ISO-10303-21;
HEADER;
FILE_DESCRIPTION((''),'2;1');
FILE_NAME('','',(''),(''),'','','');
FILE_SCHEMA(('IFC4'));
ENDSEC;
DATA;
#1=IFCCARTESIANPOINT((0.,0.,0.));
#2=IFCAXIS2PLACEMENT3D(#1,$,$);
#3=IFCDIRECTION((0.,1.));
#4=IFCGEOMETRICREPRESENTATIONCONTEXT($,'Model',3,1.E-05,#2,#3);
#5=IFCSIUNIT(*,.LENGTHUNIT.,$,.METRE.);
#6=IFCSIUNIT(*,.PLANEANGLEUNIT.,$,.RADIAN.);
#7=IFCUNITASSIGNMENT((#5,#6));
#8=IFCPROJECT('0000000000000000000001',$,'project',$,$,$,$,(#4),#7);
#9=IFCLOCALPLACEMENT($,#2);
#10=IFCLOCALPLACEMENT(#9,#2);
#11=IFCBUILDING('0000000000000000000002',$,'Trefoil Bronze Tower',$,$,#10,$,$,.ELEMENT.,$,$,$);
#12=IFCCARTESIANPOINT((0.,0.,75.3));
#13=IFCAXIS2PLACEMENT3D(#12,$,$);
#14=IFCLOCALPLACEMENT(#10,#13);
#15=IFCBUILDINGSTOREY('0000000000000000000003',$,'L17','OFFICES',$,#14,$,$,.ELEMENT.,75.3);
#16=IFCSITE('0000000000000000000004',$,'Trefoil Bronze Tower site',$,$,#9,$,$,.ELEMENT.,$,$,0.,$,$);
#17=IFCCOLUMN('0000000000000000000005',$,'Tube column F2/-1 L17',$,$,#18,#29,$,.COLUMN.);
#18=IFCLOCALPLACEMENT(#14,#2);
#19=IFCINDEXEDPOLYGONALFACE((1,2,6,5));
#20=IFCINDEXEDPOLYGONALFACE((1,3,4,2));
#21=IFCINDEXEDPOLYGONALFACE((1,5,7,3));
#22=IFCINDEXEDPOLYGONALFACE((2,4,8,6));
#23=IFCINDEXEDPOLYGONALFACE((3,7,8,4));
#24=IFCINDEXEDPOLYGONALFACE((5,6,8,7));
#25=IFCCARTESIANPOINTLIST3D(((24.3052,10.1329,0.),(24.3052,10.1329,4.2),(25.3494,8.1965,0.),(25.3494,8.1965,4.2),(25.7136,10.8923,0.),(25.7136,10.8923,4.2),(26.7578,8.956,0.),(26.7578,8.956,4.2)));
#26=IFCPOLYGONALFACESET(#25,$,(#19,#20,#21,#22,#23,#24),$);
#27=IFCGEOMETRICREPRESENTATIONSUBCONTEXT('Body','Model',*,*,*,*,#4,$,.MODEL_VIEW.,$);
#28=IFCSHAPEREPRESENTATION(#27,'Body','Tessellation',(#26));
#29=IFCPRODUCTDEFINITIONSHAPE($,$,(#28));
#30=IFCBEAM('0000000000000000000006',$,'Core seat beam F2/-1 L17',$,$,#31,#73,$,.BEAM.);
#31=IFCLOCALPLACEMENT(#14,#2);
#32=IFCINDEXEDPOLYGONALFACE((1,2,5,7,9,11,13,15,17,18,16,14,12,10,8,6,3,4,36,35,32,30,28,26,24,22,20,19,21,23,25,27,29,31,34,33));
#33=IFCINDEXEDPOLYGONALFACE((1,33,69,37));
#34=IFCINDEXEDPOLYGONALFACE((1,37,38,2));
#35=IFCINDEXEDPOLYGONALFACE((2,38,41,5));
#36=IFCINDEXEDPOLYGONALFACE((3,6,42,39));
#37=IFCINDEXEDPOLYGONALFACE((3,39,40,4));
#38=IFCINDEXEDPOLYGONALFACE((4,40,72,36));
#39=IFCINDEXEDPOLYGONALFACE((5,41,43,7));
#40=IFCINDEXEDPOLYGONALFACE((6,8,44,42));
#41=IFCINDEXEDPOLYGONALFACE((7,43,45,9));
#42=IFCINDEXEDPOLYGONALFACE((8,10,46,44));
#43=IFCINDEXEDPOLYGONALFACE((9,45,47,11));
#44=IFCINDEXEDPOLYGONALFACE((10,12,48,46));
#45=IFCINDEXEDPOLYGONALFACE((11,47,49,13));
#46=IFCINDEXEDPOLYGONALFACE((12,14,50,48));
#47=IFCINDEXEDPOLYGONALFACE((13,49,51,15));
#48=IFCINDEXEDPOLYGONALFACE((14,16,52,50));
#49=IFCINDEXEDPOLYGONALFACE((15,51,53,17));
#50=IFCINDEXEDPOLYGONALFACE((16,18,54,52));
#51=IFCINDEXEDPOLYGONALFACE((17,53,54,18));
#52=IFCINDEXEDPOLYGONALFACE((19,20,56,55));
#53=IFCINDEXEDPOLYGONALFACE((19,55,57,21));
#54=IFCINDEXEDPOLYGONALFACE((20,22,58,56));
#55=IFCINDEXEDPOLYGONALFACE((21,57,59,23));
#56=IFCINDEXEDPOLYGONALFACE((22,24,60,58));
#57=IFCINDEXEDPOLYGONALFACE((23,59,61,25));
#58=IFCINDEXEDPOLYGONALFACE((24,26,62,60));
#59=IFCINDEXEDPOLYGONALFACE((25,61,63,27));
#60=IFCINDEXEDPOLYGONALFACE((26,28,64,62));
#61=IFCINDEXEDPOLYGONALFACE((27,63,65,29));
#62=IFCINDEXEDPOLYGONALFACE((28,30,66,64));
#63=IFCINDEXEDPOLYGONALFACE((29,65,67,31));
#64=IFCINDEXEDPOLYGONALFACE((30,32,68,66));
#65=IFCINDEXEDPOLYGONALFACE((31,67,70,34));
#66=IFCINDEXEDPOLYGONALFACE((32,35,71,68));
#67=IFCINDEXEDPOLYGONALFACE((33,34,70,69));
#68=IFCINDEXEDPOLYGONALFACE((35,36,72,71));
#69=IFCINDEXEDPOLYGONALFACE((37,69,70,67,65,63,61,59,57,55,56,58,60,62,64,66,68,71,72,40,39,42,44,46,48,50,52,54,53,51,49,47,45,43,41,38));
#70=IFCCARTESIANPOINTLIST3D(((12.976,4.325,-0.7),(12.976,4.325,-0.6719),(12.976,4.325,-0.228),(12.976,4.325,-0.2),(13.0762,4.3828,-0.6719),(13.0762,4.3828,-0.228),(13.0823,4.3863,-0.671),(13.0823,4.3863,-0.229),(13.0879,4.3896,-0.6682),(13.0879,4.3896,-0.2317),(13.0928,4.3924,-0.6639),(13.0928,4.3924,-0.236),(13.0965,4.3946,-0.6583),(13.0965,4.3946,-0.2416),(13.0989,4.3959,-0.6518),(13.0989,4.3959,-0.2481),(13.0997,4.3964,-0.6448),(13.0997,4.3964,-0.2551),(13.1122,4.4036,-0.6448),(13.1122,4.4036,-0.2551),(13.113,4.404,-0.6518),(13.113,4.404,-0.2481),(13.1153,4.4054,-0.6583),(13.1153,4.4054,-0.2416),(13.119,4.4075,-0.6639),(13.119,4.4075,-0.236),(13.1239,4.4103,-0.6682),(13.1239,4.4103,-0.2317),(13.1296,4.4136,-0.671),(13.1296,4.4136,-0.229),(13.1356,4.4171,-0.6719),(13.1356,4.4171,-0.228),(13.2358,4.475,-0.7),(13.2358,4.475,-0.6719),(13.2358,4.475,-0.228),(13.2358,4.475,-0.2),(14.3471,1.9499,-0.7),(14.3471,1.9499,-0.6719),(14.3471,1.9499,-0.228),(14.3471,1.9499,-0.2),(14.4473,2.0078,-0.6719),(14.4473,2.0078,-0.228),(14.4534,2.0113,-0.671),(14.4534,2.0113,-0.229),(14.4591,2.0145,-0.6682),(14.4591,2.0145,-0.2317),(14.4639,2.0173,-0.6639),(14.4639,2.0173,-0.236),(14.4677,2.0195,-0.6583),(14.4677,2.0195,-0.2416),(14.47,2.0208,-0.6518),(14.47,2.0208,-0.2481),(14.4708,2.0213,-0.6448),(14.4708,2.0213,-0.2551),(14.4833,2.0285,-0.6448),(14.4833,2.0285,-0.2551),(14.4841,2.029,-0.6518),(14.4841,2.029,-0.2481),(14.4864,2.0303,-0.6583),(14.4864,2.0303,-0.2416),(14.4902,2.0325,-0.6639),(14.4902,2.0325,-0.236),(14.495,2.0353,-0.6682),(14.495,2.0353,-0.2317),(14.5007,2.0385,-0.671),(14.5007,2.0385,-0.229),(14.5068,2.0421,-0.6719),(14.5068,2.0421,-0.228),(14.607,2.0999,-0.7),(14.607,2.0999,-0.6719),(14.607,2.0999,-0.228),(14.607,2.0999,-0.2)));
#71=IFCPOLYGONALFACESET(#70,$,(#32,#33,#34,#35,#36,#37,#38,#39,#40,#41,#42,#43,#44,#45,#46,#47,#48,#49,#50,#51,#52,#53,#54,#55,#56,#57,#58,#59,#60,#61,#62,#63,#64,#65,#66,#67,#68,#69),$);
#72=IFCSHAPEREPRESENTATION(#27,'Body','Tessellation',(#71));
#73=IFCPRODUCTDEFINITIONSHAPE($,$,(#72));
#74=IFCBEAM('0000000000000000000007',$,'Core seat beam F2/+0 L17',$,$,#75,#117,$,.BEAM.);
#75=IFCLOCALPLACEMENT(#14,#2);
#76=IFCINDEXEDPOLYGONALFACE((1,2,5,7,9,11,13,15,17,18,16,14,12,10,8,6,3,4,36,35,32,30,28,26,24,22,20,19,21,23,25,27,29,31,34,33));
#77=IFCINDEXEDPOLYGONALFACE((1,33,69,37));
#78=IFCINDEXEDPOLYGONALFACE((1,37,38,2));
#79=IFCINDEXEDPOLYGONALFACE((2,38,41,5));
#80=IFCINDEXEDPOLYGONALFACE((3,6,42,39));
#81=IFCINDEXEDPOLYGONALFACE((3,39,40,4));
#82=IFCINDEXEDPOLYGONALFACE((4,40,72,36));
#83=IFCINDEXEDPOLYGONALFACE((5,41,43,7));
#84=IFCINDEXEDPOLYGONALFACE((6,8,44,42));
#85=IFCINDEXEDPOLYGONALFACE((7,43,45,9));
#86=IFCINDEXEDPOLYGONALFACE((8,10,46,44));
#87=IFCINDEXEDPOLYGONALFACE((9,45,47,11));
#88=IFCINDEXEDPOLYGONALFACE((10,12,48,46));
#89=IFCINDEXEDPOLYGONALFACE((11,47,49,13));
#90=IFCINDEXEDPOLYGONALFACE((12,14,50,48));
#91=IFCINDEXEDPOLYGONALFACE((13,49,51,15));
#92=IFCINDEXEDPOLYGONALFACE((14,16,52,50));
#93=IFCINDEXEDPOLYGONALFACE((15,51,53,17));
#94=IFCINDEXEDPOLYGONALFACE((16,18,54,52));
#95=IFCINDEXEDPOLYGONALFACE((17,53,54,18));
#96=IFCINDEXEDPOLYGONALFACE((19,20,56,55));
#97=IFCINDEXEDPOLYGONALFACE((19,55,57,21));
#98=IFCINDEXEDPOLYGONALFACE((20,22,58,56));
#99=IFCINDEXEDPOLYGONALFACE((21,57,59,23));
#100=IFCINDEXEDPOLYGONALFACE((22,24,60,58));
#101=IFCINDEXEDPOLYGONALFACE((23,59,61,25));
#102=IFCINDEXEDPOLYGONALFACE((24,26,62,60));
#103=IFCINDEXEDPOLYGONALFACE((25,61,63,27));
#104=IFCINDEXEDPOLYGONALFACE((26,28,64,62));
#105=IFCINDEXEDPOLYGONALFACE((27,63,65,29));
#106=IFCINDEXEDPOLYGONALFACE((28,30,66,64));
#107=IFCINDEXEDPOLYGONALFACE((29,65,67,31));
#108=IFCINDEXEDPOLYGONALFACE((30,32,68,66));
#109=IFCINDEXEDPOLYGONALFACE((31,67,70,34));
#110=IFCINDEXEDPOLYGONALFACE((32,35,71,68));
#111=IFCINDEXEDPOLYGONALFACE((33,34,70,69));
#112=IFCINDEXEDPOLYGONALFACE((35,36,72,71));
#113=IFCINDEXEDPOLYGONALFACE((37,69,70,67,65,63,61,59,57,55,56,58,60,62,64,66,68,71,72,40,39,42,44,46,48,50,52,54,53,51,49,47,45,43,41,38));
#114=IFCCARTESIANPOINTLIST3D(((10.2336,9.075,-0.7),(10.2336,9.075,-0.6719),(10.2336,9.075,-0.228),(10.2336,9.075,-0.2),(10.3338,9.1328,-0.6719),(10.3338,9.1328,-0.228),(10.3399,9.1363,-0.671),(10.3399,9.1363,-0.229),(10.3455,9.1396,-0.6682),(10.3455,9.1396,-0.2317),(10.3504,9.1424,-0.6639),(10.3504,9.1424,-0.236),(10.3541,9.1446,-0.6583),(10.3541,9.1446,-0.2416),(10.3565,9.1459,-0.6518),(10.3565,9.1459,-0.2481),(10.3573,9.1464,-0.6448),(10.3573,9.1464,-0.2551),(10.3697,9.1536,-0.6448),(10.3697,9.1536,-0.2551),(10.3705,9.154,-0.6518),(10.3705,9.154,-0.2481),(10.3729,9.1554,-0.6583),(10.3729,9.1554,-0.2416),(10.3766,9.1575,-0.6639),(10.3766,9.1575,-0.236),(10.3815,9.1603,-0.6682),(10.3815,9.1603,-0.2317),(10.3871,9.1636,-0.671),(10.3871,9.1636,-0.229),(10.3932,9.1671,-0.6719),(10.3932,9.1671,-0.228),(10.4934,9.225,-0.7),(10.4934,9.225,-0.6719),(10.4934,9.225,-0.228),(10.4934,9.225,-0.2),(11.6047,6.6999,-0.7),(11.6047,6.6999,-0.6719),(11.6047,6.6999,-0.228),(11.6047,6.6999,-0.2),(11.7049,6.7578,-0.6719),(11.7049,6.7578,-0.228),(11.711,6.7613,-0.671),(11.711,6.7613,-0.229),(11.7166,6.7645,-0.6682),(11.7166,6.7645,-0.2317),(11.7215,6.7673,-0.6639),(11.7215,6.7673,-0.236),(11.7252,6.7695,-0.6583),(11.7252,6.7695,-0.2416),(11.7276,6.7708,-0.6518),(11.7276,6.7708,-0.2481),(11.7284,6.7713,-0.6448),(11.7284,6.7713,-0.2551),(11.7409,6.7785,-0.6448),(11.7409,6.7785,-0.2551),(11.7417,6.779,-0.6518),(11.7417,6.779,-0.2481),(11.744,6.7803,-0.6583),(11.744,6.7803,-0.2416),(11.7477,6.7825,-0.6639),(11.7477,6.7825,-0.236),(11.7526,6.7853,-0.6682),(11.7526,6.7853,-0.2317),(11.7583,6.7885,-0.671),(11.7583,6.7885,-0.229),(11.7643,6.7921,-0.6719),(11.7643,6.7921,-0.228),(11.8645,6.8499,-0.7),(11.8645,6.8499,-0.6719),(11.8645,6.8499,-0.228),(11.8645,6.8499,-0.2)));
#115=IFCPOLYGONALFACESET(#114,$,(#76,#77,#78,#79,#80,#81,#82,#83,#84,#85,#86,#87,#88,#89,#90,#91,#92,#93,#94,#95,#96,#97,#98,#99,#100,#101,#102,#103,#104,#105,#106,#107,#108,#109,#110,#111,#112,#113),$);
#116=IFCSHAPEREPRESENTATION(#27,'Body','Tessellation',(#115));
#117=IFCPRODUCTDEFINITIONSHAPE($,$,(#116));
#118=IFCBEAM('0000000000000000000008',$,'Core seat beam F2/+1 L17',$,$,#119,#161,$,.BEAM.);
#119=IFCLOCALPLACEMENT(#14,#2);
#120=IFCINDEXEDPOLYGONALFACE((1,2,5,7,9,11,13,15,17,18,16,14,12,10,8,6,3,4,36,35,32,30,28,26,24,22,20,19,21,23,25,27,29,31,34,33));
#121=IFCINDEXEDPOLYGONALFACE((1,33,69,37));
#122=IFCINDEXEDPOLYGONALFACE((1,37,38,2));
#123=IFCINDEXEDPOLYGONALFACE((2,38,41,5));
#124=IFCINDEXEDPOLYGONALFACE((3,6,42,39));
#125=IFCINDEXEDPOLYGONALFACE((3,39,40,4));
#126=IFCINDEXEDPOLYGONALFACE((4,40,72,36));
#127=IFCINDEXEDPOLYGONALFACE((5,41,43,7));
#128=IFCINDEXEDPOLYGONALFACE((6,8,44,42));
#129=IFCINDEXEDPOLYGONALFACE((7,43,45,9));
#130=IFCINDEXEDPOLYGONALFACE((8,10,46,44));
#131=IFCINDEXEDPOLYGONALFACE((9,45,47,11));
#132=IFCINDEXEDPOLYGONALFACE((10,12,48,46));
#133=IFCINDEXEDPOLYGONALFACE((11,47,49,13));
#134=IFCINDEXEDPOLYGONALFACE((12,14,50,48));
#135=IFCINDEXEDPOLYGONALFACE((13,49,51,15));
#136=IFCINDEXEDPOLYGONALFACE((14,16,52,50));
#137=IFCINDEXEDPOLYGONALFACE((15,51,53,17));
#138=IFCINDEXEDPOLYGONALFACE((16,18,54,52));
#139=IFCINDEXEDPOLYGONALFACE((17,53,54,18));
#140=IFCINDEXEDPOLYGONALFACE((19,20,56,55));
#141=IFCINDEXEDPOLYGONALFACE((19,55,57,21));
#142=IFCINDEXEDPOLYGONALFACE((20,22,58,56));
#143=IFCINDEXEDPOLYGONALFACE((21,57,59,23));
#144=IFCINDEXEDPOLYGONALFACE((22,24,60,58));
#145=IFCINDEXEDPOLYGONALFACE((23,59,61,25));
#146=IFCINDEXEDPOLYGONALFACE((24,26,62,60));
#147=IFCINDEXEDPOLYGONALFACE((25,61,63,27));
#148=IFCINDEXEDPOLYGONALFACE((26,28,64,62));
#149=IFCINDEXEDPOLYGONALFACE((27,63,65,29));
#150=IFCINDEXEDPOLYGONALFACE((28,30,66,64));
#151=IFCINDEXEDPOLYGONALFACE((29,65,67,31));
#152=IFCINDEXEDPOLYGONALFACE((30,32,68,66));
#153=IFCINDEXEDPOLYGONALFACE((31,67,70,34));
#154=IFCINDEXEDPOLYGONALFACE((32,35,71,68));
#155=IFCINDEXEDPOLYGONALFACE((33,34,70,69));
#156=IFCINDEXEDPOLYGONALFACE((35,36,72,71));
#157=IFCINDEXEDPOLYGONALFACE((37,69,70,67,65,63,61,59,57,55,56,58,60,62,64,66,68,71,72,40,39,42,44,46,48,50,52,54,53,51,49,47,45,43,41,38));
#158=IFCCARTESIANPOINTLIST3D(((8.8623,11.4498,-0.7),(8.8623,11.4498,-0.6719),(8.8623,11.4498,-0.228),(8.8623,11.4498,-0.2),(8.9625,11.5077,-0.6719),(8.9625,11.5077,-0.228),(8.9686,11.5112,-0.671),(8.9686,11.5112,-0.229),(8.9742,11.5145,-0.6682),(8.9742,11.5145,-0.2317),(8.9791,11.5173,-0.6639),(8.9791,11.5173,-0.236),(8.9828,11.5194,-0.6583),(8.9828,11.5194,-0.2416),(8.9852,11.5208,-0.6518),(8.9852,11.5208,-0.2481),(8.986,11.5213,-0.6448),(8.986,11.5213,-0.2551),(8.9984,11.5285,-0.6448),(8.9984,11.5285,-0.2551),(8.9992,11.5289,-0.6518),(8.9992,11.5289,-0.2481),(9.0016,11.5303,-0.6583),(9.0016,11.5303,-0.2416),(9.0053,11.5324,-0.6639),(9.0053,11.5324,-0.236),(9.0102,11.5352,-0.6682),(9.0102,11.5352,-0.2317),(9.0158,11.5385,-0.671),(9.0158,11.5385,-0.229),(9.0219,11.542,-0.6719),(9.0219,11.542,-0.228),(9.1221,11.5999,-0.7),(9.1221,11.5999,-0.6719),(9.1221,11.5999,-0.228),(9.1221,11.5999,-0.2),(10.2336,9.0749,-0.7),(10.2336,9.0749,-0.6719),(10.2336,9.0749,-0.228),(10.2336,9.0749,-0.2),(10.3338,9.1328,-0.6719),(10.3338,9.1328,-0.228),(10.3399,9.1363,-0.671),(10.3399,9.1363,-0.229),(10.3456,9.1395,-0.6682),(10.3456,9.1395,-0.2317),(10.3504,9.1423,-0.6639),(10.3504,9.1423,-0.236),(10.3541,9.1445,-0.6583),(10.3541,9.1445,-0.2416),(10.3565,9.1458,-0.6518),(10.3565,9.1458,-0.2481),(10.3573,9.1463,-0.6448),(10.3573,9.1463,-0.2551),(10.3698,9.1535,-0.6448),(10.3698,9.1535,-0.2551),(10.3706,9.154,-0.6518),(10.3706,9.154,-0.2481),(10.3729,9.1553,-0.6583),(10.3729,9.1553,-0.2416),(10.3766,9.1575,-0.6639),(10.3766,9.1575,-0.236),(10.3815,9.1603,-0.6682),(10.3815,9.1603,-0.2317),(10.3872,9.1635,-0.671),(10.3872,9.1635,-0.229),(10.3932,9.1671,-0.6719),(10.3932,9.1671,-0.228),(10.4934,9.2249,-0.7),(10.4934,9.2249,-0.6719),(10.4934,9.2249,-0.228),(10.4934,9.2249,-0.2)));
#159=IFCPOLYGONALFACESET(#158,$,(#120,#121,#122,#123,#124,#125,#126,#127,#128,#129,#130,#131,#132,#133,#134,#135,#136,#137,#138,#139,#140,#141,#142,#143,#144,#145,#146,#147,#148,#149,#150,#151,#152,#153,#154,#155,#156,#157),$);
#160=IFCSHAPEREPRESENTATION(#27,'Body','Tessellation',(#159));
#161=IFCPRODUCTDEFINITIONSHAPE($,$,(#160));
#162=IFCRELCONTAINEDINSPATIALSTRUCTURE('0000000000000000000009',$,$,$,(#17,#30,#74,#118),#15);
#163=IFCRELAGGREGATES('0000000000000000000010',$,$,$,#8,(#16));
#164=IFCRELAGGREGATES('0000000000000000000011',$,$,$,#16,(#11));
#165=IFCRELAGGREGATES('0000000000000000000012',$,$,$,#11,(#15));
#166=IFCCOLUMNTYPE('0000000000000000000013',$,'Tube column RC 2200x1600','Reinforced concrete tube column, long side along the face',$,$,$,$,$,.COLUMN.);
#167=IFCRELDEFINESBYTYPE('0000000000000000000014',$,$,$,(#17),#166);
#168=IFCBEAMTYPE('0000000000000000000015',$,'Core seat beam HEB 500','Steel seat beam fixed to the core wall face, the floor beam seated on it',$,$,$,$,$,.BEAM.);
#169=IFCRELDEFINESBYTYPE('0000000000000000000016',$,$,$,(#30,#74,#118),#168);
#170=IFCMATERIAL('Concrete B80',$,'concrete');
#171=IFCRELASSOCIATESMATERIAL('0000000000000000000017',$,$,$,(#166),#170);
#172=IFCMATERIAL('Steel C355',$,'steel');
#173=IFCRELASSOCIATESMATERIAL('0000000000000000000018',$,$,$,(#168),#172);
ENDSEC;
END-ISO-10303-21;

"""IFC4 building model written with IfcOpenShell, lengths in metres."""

from ifc_helpers import new_model, si_unit, direction, frame, origin, origin_2d, place, context, subcontext, project, spatial, rectangle, i_section, extrude, material, material_profile, profile_set, type_object, element, save


model = new_model("IFC4")

# Units and contexts
model_context = context("Model", 3, precision=1e-05, world=origin(), true_north=direction((0.0, 1.0)))
body_context = subcontext(model_context, "Body", "Model", "MODEL_VIEW")
ifc_project = project(units=[si_unit("LENGTHUNIT", "METRE"), si_unit("PLANEANGLEUNIT", "RADIAN")], contexts=[model_context])

# Site, building, storey
site_placement = place(None, origin())
site = spatial("IfcSite", under=ifc_project, at=site_placement, Name="Trefoil Bronze Tower site", CompositionType="ELEMENT", RefElevation=0.0)
building_placement = place(site_placement, origin())
building = spatial("IfcBuilding", under=site, at=building_placement, Name="Trefoil Bronze Tower", CompositionType="ELEMENT")
storey_placement = place(building_placement, frame((0.0, 0.0, 75.3)))
storey = spatial("IfcBuildingStorey", under=building, at=storey_placement, Name="L17", Description="OFFICES", CompositionType="ELEMENT", Elevation=75.3)

# Column
ifc_material_1 = material(Name="Concrete B80", Category="concrete")
ifc_material_profile_1 = material_profile(ifc_material_1, rectangle(XDim=2.2, YDim=1.6001, at=origin_2d()), Name="RC 2200x1600")
ifc_profile_set_1 = profile_set([ifc_material_profile_1], Name="Concrete B80")
column_type = type_object("IfcColumnType", Name="Tube column RC 2200x1600", Description="Reinforced concrete tube column, long side along the face", PredefinedType="COLUMN", material=ifc_profile_set_1)
column_placement = place(storey_placement, frame((25.5315, 9.5444, 0.0), z_axis=(0.0, 0.0, 1.0), x_axis=(-0.474656, 0.880171, 0.0)))
element("IfcColumn", 1, at=column_placement, inside=storey, type_object=column_type, Name="Tube column F2/-1 L17", PredefinedType="COLUMN", context=body_context, shape_type="SweptSolid", body=[
    extrude(rectangle(XDim=2.2, YDim=1.6001, at=origin_2d()), origin(), (0.0, 0.0, 1.0), 4.2),
])

# Beams
ifc_material_2 = material(Name="Steel C355", Category="steel")
ifc_material_profile_2 = material_profile(ifc_material_2, i_section(OverallWidth=0.3, OverallDepth=0.5, WebThickness=0.0144, FlangeThickness=0.0281, FilletRadius=0.0271, at=origin_2d()), Name="HEB 500")
ifc_profile_set_2 = profile_set([ifc_material_profile_2], Name="Steel C355")
beam_type_1 = type_object("IfcBeamType", Name="Core seat beam HEB 500", Description="Steel seat beam fixed to the core wall face, the floor beam seated on it", PredefinedType="BEAM", material=ifc_profile_set_2)
for number, where, z_axis, x_axis, name in (
    (2, (14.4771, 2.0249, -0.45), (-0.499969, 0.866043, 0.0), (-0.866043, -0.499969, 0.0), "Core seat beam F2/-1 L17"),
    (3, (11.7346, 6.7749, -0.45), (-0.499969, 0.866043, 0.0), (-0.866043, -0.499969, 0.0), "Core seat beam F2/+0 L17"),
    (4, (10.3635, 9.1499, -0.45), (-0.500036, 0.866005, 0.0), (-0.866005, -0.500036, 0.0), "Core seat beam F2/+1 L17"),
):
    element("IfcBeam", number, at=place(storey_placement, frame(where, z_axis=z_axis, x_axis=x_axis)), inside=storey, type_object=beam_type_1, Name=name, PredefinedType="BEAM", context=body_context, shape_type="SweptSolid", body=[
        extrude(i_section(OverallWidth=0.3, OverallDepth=0.5, WebThickness=0.0144, FlangeThickness=0.0281, FilletRadius=0.0271, at=origin_2d()), origin(), (0.0, 0.0, 1.0), 2.7424),
    ])

save(model, "model.ifc")
